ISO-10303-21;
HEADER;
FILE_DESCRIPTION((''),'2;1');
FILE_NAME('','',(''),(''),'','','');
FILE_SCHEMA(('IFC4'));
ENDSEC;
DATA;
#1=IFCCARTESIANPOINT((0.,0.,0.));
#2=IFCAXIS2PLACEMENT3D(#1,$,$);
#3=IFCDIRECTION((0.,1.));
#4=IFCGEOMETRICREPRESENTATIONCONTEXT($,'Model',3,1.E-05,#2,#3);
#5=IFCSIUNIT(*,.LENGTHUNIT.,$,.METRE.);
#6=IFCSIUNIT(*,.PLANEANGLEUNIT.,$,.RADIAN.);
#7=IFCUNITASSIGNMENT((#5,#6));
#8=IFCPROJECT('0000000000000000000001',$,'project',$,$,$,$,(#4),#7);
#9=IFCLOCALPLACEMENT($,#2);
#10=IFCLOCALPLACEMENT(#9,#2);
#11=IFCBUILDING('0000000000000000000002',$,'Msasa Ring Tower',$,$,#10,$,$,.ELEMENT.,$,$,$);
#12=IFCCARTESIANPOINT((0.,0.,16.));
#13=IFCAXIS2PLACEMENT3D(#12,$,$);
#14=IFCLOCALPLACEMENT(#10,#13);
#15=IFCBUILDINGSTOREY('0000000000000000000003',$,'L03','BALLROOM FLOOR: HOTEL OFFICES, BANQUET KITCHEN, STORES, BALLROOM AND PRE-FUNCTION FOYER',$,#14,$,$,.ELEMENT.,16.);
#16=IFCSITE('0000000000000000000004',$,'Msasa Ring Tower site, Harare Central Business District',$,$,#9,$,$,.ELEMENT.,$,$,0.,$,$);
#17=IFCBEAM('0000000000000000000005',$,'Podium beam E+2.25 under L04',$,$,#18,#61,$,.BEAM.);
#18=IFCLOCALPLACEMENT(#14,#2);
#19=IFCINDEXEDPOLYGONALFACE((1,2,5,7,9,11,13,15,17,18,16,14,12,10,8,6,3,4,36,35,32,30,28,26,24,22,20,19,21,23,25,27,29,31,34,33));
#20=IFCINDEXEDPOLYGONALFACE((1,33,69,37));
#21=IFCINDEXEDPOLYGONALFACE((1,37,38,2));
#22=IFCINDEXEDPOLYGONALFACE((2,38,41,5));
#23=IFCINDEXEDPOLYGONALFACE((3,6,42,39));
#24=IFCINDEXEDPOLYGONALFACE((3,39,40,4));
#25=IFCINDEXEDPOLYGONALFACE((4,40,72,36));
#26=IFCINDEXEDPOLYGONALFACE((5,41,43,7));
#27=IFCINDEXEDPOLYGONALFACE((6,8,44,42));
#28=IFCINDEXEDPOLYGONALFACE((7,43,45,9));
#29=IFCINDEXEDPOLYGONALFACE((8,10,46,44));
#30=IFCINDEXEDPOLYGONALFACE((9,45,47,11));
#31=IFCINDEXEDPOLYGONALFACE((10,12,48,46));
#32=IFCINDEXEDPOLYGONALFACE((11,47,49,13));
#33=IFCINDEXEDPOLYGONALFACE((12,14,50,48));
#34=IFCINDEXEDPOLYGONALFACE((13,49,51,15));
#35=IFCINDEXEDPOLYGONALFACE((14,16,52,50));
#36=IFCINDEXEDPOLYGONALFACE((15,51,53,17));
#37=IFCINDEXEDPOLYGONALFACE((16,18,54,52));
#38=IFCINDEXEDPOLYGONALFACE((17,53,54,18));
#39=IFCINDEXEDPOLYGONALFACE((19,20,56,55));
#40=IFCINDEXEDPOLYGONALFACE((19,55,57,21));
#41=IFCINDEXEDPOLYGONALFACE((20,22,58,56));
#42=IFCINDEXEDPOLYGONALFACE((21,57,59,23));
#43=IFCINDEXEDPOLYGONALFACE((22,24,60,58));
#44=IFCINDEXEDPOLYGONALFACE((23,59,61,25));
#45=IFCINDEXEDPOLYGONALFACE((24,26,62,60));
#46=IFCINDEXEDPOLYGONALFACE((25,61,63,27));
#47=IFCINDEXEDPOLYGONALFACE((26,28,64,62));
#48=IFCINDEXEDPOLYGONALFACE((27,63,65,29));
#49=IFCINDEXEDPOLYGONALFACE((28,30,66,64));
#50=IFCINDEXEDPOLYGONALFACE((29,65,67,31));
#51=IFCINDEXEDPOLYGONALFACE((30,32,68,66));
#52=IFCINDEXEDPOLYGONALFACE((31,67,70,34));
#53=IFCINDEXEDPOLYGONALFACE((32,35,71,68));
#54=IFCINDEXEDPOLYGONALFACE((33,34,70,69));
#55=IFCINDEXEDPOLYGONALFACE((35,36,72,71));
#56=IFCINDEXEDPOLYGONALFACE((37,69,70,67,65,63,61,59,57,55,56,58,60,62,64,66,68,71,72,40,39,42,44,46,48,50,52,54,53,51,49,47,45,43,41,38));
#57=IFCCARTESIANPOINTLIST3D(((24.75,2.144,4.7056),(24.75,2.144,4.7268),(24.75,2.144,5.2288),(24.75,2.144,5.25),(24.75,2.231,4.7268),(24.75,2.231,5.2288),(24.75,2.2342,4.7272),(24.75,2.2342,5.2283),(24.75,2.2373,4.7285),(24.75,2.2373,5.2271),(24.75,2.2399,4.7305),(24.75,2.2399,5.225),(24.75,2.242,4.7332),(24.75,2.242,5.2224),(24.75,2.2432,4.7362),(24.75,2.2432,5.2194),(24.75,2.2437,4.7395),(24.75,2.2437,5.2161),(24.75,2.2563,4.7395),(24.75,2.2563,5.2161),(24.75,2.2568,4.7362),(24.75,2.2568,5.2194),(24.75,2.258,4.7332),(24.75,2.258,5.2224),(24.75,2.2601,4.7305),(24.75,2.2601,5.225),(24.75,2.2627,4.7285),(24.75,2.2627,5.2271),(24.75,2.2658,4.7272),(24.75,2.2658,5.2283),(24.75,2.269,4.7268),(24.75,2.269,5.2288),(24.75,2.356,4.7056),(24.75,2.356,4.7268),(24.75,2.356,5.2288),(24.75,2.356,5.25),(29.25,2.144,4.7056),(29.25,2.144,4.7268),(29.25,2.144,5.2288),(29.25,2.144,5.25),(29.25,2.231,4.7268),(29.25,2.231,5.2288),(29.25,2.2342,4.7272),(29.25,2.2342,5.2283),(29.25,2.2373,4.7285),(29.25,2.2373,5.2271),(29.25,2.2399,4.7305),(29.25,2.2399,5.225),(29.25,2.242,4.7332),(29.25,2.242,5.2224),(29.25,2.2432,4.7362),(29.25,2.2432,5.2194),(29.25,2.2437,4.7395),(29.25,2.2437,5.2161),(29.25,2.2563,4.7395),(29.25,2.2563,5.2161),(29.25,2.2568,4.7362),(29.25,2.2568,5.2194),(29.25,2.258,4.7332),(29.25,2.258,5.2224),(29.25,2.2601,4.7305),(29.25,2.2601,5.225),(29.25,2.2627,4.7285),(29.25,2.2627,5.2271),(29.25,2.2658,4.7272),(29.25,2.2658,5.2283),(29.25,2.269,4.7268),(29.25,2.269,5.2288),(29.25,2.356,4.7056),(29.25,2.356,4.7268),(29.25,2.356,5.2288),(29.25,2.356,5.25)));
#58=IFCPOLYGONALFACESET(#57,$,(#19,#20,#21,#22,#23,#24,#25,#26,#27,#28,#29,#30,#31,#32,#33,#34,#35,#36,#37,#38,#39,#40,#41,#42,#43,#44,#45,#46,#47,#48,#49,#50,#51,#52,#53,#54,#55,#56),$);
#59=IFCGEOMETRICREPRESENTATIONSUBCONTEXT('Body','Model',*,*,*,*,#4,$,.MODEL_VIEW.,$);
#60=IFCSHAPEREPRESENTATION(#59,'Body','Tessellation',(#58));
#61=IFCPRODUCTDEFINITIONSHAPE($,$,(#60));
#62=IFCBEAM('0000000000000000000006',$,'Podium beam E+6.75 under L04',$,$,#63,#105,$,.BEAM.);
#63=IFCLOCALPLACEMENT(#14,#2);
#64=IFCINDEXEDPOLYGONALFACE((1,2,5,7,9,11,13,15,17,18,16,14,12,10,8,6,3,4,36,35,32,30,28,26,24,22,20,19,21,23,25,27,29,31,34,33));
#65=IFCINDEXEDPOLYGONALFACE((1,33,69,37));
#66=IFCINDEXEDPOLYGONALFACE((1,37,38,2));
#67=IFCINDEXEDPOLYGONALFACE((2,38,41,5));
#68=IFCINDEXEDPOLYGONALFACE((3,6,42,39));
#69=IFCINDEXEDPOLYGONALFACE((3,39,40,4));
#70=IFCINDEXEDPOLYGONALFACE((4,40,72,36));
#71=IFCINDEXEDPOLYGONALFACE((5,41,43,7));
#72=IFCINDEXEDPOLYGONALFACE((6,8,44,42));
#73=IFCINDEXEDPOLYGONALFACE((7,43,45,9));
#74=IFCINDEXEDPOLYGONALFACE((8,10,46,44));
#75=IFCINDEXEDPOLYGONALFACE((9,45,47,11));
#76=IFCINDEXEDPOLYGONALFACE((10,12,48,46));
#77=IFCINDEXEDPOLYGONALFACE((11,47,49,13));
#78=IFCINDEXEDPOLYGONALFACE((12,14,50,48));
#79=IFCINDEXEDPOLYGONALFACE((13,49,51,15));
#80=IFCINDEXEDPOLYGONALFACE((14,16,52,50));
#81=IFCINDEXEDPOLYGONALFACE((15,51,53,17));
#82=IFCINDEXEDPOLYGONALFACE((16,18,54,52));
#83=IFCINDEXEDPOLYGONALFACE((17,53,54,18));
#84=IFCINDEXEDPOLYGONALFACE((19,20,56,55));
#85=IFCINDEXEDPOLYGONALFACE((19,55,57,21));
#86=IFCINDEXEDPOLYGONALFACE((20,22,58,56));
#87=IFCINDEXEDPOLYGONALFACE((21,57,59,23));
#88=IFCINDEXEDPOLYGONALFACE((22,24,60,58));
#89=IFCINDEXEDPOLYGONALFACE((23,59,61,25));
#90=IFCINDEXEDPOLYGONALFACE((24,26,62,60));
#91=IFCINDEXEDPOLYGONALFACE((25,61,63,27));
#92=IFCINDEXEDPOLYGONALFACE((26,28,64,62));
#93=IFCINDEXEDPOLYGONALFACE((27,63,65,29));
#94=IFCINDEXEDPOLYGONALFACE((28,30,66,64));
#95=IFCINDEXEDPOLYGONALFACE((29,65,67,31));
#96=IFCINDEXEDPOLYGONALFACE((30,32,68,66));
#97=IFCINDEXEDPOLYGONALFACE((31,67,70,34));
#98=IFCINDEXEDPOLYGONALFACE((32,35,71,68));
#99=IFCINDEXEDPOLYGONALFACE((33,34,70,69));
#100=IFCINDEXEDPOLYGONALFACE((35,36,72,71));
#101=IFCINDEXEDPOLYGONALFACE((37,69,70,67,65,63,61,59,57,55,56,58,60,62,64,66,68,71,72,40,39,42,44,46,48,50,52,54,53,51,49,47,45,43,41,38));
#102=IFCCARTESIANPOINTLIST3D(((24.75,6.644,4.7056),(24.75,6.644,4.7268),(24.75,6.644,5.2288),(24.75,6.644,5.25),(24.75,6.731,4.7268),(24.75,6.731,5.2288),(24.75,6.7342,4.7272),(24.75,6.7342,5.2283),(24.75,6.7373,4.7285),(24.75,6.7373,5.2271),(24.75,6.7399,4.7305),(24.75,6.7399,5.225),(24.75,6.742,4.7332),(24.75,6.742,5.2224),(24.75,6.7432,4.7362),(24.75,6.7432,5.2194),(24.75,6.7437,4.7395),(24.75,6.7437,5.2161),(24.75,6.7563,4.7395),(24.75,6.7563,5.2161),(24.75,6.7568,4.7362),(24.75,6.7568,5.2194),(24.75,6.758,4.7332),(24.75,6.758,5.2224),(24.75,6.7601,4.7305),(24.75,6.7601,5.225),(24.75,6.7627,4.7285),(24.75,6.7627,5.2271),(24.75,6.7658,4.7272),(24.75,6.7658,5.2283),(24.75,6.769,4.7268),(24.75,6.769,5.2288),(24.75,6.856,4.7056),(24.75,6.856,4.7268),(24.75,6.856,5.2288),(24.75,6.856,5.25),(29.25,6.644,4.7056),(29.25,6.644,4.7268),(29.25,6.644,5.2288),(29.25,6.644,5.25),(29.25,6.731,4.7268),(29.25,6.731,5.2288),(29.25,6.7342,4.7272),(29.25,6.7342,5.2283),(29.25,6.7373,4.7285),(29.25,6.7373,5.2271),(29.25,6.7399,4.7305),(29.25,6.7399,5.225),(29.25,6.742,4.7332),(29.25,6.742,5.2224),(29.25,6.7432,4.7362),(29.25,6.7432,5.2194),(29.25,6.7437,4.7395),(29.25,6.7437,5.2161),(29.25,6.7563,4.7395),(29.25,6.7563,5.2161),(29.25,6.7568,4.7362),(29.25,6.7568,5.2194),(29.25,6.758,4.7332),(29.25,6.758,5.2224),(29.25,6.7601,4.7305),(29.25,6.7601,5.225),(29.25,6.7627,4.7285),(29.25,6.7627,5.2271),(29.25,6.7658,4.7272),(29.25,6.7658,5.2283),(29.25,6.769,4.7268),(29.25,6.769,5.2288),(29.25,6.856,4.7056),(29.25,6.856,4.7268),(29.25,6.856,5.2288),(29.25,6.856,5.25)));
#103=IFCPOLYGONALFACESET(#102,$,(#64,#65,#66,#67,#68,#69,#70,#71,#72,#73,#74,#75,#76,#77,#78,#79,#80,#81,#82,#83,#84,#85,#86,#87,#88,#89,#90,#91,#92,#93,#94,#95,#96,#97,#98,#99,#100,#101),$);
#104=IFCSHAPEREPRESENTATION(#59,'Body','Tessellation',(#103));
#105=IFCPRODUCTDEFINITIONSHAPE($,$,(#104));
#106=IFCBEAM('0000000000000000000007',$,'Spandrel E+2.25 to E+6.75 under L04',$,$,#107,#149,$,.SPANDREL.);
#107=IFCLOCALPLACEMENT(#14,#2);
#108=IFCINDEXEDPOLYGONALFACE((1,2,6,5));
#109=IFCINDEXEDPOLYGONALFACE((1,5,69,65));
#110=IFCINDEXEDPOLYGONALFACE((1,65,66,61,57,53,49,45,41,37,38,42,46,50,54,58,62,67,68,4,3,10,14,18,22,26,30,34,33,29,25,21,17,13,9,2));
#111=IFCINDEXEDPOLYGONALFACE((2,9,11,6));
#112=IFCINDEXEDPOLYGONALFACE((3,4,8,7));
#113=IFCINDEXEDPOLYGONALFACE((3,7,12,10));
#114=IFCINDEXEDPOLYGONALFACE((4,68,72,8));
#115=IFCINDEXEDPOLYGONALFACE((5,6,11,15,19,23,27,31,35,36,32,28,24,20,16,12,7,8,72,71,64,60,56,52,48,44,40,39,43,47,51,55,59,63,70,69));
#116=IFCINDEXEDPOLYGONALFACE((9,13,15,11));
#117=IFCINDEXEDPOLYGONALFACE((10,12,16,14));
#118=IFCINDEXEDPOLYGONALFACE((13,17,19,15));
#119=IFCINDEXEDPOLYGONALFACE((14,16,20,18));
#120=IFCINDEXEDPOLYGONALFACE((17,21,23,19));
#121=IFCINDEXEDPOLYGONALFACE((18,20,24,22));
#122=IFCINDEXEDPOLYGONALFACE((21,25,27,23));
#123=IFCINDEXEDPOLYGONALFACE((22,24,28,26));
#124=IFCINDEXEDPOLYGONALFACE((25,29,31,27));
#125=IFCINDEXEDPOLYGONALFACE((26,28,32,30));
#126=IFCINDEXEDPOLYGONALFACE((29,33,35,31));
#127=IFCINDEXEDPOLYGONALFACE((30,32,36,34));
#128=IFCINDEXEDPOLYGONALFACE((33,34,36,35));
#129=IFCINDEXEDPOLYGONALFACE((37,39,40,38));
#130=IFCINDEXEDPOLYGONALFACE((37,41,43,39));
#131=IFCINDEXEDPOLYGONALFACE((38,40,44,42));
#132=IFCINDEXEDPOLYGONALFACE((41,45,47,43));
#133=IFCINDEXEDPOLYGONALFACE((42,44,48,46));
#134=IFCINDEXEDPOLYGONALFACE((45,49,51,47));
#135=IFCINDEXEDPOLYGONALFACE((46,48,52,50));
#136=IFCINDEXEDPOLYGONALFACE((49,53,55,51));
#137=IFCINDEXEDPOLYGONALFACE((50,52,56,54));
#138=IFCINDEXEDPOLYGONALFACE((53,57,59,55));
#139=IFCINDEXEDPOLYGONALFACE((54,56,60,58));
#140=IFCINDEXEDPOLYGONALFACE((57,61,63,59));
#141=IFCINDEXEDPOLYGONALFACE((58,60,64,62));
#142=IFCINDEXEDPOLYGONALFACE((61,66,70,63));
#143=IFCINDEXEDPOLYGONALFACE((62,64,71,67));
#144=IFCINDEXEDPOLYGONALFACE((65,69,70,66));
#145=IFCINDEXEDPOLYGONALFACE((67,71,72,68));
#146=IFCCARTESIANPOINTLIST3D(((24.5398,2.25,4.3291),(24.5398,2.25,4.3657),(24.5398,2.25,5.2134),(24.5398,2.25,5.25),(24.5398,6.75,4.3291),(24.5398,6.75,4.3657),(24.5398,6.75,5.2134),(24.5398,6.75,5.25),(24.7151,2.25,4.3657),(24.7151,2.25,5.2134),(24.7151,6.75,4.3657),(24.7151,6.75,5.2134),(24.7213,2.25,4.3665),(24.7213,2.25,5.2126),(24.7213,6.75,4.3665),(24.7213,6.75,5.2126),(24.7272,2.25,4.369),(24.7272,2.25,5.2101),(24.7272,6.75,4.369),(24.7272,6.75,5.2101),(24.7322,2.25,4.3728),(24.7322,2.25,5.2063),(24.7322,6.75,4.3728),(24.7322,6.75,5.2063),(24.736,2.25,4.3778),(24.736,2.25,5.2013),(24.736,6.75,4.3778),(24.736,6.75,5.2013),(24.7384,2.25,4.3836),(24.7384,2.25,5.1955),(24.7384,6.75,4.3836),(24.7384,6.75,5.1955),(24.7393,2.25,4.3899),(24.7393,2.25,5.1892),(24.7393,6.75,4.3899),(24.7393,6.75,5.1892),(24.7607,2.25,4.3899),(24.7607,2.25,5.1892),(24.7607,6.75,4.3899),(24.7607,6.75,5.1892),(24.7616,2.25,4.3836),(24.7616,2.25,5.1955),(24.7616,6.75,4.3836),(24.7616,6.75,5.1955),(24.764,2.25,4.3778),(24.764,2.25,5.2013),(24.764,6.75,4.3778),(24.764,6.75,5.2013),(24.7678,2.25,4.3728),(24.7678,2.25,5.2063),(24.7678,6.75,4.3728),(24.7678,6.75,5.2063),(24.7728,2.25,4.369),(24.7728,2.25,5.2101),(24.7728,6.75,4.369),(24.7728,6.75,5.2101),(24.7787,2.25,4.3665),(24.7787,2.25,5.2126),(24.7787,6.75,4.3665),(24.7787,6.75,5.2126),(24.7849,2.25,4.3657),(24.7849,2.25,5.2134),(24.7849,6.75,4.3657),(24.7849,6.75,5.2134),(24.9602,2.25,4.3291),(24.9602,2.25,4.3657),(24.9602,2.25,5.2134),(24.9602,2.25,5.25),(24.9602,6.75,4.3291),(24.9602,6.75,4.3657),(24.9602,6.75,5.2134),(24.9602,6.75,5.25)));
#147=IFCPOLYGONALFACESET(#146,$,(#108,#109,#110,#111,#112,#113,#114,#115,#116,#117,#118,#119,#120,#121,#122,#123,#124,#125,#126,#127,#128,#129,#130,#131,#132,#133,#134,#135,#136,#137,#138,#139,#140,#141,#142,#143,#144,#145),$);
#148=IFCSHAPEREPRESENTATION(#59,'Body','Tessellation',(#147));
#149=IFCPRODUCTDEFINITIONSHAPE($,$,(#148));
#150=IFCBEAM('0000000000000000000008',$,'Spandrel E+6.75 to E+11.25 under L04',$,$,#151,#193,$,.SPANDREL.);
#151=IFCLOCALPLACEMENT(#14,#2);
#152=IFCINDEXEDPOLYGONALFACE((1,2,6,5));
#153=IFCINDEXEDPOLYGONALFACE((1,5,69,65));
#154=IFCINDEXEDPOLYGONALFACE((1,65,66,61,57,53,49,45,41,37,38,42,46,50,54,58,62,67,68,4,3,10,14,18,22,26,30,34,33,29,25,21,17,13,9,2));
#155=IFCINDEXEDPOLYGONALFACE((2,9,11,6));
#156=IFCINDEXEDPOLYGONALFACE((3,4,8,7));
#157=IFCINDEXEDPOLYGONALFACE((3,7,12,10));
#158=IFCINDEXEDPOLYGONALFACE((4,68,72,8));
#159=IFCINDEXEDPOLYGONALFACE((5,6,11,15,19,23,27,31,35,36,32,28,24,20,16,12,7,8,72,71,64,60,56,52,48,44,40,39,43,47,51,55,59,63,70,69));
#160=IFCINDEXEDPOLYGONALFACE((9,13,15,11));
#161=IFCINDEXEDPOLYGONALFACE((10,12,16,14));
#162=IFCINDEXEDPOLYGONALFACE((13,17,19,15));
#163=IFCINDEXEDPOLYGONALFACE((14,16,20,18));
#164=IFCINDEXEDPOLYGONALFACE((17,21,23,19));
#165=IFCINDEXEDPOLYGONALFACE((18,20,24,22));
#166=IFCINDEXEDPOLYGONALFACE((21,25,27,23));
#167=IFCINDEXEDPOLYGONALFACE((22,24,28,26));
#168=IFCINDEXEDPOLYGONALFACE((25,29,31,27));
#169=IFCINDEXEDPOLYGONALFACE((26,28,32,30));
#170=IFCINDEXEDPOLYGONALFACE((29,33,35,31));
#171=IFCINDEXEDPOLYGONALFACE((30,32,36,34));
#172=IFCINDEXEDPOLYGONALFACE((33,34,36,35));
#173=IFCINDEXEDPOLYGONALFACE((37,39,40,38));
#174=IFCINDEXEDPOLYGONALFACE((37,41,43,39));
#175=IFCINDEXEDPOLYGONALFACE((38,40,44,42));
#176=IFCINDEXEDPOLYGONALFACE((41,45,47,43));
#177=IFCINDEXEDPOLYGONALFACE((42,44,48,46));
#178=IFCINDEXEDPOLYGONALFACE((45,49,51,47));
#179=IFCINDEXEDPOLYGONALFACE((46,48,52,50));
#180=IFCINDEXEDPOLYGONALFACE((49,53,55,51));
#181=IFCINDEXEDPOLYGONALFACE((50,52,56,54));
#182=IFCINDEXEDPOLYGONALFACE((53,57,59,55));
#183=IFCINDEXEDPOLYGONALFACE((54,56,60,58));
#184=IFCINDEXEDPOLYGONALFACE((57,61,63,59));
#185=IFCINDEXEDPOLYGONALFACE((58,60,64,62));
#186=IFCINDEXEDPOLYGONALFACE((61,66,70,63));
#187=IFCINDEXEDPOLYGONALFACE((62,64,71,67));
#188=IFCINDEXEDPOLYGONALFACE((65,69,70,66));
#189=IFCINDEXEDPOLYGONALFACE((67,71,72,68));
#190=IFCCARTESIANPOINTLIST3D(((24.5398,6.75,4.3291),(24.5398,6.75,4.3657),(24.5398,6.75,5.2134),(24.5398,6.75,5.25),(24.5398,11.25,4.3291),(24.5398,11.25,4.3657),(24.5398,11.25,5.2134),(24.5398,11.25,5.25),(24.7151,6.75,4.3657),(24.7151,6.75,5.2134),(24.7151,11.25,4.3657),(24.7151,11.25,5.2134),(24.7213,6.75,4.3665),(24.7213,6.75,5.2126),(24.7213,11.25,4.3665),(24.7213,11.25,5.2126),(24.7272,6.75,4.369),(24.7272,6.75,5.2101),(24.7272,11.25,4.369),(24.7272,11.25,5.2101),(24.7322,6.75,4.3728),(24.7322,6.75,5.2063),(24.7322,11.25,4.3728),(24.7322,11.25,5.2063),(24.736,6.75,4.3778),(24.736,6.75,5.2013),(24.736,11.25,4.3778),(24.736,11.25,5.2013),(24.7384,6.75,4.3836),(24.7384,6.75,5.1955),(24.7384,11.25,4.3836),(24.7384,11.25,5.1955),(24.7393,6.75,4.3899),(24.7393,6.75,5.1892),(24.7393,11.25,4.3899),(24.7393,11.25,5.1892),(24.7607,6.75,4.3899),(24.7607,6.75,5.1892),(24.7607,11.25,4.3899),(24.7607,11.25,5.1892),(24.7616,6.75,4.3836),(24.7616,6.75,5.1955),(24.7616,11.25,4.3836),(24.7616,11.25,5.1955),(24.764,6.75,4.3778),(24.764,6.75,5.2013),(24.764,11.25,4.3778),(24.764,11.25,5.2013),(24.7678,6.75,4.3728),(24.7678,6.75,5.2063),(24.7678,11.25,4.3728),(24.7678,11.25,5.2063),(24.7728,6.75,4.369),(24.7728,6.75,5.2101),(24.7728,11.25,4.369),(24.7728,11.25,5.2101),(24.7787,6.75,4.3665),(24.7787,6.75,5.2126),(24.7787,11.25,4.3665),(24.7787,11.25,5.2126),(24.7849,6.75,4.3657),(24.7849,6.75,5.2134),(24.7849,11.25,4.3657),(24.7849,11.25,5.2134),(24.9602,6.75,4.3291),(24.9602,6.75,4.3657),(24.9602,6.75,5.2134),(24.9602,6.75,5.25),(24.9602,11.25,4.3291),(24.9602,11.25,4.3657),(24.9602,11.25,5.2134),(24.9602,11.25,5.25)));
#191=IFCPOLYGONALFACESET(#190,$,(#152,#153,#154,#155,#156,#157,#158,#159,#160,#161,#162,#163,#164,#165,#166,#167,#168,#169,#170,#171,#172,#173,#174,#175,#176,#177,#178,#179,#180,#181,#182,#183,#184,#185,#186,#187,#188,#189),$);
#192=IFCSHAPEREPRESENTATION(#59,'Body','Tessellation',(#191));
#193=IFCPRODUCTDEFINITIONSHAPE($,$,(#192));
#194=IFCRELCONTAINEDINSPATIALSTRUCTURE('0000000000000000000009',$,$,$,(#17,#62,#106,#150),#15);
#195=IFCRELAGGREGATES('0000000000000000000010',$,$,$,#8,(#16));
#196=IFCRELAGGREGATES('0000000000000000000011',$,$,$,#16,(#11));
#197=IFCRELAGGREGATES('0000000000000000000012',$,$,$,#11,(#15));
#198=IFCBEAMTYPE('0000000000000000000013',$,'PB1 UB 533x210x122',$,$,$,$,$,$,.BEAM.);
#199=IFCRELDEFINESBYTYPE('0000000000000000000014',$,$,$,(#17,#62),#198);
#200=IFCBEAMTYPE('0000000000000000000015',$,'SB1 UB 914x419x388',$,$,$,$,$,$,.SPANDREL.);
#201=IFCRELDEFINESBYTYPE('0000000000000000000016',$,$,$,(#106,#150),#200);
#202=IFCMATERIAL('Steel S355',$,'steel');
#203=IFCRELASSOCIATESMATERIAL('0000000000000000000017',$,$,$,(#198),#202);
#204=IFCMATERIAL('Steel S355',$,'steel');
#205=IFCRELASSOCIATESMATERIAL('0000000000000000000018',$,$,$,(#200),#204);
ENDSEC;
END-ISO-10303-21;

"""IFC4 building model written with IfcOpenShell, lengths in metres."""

from ifc_helpers import new_model, si_unit, direction, frame, origin, origin_2d, place, context, subcontext, project, spatial, i_section, extrude, material, material_profile, profile_set, type_object, element, save


model = new_model("IFC4")

# Units and contexts
model_context = context("Model", 3, precision=1e-05, world=origin(), true_north=direction((0.0, 1.0)))
body_context = subcontext(model_context, "Body", "Model", "MODEL_VIEW")
ifc_project = project(units=[si_unit("LENGTHUNIT", "METRE"), si_unit("PLANEANGLEUNIT", "RADIAN")], contexts=[model_context])

# Site, building, storey
site_placement = place(None, origin())
site = spatial("IfcSite", under=ifc_project, at=site_placement, Name="Msasa Ring Tower site, Harare Central Business District", CompositionType="ELEMENT", RefElevation=0.0)
building_placement = place(site_placement, origin())
building = spatial("IfcBuilding", under=site, at=building_placement, Name="Msasa Ring Tower", CompositionType="ELEMENT")
storey_placement = place(building_placement, frame((0.0, 0.0, 16.0)))
storey = spatial("IfcBuildingStorey", under=building, at=storey_placement, Name="L03", Description="BALLROOM FLOOR: HOTEL OFFICES, BANQUET KITCHEN, STORES, BALLROOM AND PRE-FUNCTION FOYER", CompositionType="ELEMENT", Elevation=16.0)

# Beams
ifc_material_1 = material(Name="Steel S355", Category="steel")
ifc_material_profile_1 = material_profile(ifc_material_1, i_section(OverallWidth=0.2119, OverallDepth=0.5444, WebThickness=0.0127, FlangeThickness=0.0212, FilletRadius=0.0127, at=origin_2d()), Name="UB 533x210x122")
ifc_profile_set_1 = profile_set([ifc_material_profile_1], Name="Steel S355")
beam_type_1 = type_object("IfcBeamType", Name="PB1 UB 533x210x122", PredefinedType="BEAM", material=ifc_profile_set_1)
for number, where, z_axis, x_axis, name in (
    (1, (29.25, 2.25, 4.9778), (-1.0, 0.0, 0.0), (0.0, -1.0, 0.0), "Podium beam E+2.25 under L04"),
    (2, (29.25, 6.75, 4.9778), (-1.0, 0.0, 0.0), (0.0, -1.0, 0.0), "Podium beam E+6.75 under L04"),
):
    element("IfcBeam", number, at=place(storey_placement, frame(where, z_axis=z_axis, x_axis=x_axis)), inside=storey, type_object=beam_type_1, Name=name, PredefinedType="BEAM", context=body_context, shape_type="SweptSolid", body=[
        extrude(i_section(OverallWidth=0.2119, OverallDepth=0.5444, WebThickness=0.0127, FlangeThickness=0.0212, FilletRadius=0.0127, at=origin_2d()), origin(), (0.0, 0.0, 1.0), 4.5),
    ])
ifc_material_2 = material(Name="Steel S355", Category="steel")
ifc_material_profile_2 = material_profile(ifc_material_2, i_section(OverallWidth=0.4204, OverallDepth=0.9209, WebThickness=0.0215, FlangeThickness=0.0366, FilletRadius=0.0242, at=origin_2d()), Name="UB 914x419x388")
ifc_profile_set_2 = profile_set([ifc_material_profile_2], Name="Steel S355")
beam_type_2 = type_object("IfcBeamType", Name="SB1 UB 914x419x388", PredefinedType="SPANDREL", material=ifc_profile_set_2)
for number, where, z_axis, x_axis, name in (
    (3, (24.75, 2.25, 4.7896), (0.0, 1.0, 0.0), (-1.0, 0.0, 0.0), "Spandrel E+2.25 to E+6.75 under L04"),
    (4, (24.75, 6.75, 4.7896), (0.0, 1.0, 0.0), (-1.0, 0.0, 0.0), "Spandrel E+6.75 to E+11.25 under L04"),
):
    element("IfcBeam", number, at=place(storey_placement, frame(where, z_axis=z_axis, x_axis=x_axis)), inside=storey, type_object=beam_type_2, Name=name, PredefinedType="SPANDREL", context=body_context, shape_type="SweptSolid", body=[
        extrude(i_section(OverallWidth=0.4204, OverallDepth=0.9209, WebThickness=0.0215, FlangeThickness=0.0366, FilletRadius=0.0242, at=origin_2d()), origin(), (0.0, 0.0, 1.0), 4.5),
    ])

save(model, "model.ifc")
